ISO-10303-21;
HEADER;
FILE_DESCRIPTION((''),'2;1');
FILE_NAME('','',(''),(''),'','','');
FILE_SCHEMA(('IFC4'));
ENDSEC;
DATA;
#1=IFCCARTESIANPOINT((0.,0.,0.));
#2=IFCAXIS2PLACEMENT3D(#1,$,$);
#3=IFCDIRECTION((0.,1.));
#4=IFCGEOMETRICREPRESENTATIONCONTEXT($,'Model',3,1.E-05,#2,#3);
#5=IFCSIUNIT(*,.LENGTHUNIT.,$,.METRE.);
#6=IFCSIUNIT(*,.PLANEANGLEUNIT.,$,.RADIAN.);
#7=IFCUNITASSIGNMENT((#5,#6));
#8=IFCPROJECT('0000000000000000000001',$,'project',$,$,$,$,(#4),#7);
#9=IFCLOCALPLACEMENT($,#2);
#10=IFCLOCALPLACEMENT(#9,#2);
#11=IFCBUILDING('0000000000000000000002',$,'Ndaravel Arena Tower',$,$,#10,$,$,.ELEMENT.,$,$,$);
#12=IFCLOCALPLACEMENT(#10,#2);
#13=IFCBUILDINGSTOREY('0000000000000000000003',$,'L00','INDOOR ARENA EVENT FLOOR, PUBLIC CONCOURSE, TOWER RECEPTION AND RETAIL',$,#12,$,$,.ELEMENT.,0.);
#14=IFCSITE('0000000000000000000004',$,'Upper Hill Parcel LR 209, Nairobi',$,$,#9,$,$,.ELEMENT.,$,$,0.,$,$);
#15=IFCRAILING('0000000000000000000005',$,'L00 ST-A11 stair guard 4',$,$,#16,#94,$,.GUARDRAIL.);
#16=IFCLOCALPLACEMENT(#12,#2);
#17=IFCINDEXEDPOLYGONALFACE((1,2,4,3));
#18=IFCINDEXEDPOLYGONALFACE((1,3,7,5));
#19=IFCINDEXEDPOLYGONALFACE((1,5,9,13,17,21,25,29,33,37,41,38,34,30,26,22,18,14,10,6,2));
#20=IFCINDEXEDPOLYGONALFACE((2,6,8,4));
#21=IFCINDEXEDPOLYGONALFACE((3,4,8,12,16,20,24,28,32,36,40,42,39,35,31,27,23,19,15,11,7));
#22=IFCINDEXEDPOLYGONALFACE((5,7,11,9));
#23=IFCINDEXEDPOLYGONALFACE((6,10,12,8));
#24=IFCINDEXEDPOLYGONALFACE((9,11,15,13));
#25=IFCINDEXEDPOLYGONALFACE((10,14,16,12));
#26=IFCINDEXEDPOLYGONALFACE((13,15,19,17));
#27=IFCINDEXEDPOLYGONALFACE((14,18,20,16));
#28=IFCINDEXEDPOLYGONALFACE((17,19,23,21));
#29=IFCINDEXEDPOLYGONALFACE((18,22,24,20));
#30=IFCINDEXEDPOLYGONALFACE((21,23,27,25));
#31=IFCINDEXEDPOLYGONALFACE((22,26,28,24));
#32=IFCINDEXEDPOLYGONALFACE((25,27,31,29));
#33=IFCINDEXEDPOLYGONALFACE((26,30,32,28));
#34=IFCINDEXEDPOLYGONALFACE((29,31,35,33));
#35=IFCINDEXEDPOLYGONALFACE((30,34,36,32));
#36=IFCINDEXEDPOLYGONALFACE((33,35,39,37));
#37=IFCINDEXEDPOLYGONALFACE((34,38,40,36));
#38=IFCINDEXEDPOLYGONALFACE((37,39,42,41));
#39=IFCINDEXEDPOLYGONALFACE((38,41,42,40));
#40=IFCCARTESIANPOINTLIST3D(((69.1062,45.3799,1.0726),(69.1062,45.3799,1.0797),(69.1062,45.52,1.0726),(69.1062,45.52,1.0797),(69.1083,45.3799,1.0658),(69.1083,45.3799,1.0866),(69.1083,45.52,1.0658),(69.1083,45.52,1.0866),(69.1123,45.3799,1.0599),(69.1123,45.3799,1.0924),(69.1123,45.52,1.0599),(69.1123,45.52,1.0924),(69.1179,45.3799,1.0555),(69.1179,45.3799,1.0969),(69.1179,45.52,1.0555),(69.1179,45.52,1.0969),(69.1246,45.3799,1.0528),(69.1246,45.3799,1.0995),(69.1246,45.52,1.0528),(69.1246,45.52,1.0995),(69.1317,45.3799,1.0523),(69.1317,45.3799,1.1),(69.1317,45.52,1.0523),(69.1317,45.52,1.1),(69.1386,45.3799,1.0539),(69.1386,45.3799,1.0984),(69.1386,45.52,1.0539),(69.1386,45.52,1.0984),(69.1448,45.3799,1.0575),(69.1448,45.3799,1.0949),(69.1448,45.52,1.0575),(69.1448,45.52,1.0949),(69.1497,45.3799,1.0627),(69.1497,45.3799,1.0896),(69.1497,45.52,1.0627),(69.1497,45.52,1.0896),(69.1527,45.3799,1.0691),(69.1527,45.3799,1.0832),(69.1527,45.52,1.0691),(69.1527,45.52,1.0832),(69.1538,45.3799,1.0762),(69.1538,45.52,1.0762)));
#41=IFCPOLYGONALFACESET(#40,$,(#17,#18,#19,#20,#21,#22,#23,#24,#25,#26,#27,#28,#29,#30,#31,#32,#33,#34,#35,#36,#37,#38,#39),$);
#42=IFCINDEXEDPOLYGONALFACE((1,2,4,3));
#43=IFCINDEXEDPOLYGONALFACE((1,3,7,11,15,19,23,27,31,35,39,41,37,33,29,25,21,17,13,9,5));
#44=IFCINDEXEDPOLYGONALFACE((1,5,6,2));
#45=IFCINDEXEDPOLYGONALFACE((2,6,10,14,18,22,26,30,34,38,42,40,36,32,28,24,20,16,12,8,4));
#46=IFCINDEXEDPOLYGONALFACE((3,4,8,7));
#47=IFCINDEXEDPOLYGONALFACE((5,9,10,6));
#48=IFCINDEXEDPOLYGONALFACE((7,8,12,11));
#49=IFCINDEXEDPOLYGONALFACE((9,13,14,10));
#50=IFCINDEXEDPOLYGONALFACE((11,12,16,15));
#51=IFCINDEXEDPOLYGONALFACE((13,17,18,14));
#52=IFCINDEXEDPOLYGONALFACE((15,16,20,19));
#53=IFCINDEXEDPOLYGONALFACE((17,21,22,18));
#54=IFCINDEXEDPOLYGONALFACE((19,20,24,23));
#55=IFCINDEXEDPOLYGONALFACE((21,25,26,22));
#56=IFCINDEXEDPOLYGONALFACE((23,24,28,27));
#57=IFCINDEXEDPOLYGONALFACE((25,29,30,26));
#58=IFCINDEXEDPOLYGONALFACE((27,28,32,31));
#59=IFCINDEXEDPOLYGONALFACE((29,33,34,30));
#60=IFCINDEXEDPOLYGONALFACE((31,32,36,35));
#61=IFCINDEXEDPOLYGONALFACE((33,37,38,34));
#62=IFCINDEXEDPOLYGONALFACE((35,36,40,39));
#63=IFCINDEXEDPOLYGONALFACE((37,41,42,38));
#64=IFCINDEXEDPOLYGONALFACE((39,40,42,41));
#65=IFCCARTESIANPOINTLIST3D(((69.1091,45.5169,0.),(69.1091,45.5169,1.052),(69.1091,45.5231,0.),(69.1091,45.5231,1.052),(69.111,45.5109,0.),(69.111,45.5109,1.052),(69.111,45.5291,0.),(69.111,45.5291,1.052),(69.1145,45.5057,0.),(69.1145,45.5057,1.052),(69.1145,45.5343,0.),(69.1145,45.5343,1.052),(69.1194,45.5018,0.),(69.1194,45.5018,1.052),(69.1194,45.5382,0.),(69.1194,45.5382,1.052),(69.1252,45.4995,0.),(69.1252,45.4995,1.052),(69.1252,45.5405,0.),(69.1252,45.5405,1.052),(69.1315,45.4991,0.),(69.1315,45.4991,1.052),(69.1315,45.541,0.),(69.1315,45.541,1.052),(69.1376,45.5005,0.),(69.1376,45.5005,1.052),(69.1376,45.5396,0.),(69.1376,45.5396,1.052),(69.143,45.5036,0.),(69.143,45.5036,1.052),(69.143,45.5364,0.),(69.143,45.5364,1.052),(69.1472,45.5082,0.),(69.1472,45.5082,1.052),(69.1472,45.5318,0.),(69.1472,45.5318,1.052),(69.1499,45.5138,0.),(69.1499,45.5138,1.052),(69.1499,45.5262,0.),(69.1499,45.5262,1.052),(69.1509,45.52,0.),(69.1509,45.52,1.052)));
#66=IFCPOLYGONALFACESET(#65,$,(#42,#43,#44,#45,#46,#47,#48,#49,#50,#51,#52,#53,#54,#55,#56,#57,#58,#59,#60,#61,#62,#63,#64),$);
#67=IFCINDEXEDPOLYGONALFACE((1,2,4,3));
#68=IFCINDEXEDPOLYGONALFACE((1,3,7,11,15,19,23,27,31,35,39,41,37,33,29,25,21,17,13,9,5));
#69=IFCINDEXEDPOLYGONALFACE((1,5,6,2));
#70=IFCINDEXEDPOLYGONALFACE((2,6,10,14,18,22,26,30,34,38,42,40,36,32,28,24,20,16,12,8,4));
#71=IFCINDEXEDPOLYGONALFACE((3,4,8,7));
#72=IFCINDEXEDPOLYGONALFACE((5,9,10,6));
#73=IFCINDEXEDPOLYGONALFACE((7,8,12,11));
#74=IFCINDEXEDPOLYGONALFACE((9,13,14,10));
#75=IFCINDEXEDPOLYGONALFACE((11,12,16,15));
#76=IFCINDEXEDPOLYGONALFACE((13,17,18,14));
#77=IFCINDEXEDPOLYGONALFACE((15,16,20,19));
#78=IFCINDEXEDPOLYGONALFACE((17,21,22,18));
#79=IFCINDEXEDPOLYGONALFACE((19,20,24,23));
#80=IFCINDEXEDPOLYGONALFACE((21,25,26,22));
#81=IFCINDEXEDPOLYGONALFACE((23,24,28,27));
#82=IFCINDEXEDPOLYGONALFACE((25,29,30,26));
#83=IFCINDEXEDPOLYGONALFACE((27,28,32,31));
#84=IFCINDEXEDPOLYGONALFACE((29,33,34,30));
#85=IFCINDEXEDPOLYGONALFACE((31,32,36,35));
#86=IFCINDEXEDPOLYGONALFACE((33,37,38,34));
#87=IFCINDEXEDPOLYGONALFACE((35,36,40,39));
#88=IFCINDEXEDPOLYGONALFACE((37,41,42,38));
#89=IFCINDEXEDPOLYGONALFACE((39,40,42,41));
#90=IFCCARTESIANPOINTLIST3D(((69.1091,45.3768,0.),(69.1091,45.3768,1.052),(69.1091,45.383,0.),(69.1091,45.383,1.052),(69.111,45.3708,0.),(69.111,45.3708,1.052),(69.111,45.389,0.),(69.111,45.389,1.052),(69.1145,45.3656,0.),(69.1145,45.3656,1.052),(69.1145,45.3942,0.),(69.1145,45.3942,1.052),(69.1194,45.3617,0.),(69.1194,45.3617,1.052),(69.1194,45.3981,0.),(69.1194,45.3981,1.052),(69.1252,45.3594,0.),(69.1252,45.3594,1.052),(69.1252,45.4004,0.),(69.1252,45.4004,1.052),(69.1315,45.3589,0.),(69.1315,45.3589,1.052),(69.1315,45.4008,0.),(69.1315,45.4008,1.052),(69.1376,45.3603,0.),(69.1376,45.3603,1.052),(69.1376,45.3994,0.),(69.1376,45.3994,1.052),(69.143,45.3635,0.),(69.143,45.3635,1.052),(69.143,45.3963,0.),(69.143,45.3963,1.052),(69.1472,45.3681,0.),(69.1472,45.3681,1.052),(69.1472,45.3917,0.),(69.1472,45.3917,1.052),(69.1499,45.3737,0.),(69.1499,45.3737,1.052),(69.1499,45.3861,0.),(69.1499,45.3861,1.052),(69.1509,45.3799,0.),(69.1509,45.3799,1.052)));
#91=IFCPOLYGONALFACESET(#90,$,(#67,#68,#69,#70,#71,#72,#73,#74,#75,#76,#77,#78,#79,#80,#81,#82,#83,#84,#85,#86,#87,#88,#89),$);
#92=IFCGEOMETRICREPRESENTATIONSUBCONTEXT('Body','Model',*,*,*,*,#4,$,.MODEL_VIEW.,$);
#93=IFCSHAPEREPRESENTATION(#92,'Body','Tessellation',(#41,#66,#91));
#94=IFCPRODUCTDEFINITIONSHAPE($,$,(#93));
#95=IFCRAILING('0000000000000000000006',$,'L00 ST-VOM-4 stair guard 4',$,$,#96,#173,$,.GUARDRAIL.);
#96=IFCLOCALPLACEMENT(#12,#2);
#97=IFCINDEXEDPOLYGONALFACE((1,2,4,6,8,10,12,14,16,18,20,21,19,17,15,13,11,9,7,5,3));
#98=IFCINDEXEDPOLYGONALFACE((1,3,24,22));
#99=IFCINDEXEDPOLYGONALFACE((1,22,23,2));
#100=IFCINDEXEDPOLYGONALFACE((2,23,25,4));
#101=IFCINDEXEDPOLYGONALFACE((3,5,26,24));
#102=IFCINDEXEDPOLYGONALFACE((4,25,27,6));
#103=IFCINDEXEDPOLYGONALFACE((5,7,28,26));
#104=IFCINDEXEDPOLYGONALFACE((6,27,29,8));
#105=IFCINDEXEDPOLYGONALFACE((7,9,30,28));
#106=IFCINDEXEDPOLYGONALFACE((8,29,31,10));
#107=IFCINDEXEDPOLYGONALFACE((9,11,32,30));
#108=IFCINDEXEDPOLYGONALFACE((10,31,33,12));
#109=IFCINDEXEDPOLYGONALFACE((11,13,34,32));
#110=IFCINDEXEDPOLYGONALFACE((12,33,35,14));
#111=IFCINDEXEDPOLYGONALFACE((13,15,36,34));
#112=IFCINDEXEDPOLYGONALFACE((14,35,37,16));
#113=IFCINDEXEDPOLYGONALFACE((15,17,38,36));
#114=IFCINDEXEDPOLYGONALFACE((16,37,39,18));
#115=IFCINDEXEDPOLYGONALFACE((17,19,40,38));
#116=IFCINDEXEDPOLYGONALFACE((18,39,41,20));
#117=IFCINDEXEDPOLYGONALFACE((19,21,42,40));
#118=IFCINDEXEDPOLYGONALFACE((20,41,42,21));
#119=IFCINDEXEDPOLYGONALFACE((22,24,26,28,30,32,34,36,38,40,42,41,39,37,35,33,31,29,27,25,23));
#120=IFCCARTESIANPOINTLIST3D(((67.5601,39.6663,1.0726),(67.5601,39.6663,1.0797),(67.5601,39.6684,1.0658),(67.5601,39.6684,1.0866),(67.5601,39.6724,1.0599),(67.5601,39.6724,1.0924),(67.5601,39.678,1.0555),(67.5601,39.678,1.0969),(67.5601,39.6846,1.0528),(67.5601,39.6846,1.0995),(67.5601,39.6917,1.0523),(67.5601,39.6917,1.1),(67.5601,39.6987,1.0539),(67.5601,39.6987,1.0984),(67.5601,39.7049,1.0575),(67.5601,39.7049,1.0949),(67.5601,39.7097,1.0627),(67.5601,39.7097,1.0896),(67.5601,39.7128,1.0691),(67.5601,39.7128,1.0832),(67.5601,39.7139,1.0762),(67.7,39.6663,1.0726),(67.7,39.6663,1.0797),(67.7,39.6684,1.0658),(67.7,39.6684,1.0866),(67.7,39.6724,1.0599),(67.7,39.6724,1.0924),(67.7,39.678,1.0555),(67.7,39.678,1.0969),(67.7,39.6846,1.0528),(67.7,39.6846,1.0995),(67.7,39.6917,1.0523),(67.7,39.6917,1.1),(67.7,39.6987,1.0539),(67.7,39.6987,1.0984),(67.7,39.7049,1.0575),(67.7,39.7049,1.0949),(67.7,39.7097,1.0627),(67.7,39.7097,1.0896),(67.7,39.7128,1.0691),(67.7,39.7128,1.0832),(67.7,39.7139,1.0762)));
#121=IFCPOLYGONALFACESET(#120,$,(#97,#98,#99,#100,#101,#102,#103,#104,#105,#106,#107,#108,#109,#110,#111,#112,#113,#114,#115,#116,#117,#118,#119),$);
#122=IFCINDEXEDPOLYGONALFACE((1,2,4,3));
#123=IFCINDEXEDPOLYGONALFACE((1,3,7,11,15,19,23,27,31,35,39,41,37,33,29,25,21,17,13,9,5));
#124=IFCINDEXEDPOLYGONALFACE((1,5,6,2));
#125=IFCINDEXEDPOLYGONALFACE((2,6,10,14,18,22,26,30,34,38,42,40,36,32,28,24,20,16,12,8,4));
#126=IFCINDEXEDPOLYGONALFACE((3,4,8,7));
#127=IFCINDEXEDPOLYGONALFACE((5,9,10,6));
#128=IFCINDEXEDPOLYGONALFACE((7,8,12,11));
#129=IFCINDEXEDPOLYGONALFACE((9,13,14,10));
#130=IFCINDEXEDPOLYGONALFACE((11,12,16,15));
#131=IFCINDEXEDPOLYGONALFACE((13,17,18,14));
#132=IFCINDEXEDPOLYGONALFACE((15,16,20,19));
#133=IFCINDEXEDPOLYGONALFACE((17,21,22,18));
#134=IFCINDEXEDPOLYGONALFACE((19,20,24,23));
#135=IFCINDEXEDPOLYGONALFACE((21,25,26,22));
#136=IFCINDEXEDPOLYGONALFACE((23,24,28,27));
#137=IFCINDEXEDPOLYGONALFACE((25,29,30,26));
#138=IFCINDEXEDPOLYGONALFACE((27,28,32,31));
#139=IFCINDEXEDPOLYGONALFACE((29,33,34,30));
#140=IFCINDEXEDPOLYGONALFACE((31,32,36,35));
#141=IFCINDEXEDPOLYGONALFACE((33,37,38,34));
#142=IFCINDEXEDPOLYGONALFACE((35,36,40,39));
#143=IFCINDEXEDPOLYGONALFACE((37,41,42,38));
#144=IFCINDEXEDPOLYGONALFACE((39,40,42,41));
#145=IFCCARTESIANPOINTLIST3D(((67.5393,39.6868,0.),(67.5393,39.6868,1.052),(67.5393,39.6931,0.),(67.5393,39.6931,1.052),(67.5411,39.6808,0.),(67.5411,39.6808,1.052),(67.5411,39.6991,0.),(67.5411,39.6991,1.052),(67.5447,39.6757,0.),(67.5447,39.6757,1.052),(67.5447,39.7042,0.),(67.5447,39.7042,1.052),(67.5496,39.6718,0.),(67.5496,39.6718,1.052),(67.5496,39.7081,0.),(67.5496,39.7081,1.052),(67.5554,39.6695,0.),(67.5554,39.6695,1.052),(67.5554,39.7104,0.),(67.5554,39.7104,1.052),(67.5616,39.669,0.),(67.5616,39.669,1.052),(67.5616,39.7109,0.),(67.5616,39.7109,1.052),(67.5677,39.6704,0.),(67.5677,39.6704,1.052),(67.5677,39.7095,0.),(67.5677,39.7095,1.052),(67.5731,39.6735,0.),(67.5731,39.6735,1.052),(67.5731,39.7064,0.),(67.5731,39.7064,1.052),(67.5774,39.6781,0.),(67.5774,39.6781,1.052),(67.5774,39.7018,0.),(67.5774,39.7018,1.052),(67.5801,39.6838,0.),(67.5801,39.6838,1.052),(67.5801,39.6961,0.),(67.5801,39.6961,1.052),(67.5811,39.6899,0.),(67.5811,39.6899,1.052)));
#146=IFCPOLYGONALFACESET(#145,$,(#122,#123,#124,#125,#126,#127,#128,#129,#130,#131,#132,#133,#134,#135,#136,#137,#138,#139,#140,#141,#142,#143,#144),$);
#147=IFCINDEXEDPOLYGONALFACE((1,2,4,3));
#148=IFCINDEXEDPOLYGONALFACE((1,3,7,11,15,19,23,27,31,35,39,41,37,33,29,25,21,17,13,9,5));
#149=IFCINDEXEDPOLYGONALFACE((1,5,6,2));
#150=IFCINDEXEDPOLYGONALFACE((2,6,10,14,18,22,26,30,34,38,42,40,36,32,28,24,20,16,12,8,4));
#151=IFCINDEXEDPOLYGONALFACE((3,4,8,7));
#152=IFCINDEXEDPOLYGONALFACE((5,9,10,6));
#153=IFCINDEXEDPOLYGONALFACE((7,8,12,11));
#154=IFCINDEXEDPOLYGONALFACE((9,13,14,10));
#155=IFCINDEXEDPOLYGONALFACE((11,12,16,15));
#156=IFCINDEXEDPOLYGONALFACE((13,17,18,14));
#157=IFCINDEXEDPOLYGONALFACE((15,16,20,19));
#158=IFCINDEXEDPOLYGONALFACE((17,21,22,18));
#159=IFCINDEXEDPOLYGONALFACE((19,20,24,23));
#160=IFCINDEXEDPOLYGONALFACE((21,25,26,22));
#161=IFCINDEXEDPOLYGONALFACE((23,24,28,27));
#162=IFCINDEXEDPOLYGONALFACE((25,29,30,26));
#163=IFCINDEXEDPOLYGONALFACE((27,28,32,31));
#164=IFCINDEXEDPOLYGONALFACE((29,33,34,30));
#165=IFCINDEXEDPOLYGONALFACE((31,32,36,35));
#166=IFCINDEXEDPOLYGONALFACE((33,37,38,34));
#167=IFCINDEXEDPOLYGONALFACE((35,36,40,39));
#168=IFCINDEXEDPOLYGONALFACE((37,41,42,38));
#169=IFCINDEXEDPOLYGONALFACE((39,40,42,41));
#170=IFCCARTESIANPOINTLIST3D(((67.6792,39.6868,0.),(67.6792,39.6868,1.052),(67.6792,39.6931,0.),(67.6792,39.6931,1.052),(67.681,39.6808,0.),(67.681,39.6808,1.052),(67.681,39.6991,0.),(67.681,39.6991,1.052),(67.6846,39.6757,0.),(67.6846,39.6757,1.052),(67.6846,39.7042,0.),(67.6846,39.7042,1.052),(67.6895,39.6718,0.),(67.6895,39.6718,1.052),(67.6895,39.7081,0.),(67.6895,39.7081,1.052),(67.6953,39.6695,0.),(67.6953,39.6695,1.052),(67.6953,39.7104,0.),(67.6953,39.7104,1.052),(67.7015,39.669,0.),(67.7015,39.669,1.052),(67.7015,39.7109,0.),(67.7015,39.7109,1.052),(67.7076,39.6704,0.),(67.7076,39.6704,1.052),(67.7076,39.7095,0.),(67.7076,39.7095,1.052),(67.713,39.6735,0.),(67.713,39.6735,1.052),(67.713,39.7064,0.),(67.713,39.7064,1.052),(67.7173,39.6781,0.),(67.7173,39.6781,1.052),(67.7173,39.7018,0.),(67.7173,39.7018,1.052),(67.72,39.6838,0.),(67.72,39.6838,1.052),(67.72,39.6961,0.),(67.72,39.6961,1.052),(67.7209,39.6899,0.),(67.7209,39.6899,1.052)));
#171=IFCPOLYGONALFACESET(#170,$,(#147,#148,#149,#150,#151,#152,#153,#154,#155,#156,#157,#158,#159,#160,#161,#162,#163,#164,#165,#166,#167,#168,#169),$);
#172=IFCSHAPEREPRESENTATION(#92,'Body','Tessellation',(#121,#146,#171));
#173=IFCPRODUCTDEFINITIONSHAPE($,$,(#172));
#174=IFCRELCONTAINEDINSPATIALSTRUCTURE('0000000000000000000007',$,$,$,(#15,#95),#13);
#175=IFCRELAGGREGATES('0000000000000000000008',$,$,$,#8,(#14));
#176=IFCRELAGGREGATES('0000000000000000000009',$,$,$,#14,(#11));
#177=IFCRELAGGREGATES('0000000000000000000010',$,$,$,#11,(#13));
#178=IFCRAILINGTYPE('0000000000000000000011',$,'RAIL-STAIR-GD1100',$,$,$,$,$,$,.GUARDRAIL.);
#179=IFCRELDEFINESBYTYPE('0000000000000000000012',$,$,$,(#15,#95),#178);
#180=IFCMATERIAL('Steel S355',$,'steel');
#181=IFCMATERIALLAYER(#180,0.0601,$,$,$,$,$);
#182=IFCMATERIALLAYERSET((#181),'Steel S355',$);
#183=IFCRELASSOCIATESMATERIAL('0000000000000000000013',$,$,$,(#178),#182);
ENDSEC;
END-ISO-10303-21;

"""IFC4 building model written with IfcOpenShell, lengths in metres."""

from ifc_helpers import new_model, si_unit, direction, frame, origin, origin_2d, place, context, subcontext, project, spatial, circle, extrude, material, layer, layer_set, type_object, element, save


model = new_model("IFC4")

# Units and contexts
model_context = context("Model", 3, precision=1e-05, world=origin(), true_north=direction((0.0, 1.0)))
body_context = subcontext(model_context, "Body", "Model", "MODEL_VIEW")
ifc_project = project(units=[si_unit("LENGTHUNIT", "METRE"), si_unit("PLANEANGLEUNIT", "RADIAN")], contexts=[model_context])

# Site, building, storey
site_placement = place(None, origin())
site = spatial("IfcSite", under=ifc_project, at=site_placement, Name="Upper Hill Parcel LR 209, Nairobi", CompositionType="ELEMENT", RefElevation=0.0)
building_placement = place(site_placement, origin())
building = spatial("IfcBuilding", under=site, at=building_placement, Name="Ndaravel Arena Tower", CompositionType="ELEMENT")
storey_placement = place(building_placement, origin())
storey = spatial("IfcBuildingStorey", under=building, at=storey_placement, Name="L00", Description="INDOOR ARENA EVENT FLOOR, PUBLIC CONCOURSE, TOWER RECEPTION AND RETAIL", CompositionType="ELEMENT", Elevation=0.0)

# Railings
ifc_material_1 = material(Name="Steel S355", Category="steel")
ifc_layer_1 = layer(ifc_material_1, 0.0601)
ifc_layer_set_1 = layer_set([ifc_layer_1], Name="Steel S355")
railing_type_1 = type_object("IfcRailingType", Name="RAIL-STAIR-GD1100", PredefinedType="GUARDRAIL", material=ifc_layer_set_1)
railing_1_placement = place(storey_placement, frame((69.1299, 45.52, 0.0)))
element("IfcRailing", 1, at=railing_1_placement, inside=storey, type_object=railing_type_1, Name="L00 ST-A11 stair guard 4", PredefinedType="GUARDRAIL", context=body_context, shape_type="SweptSolid", body=[
    extrude(circle(Radius=0.0239, at=origin_2d()), frame((0.0, 0.0, 1.0762), z_axis=(0.0, -1.0, 0.0), x_axis=(1.0, 0.0, 0.0)), (0.0, 0.0, 1.0), 0.1401),
    extrude(circle(Radius=0.021, at=origin_2d()), origin(), (0.0, 0.0, 1.0), 1.052),
    extrude(circle(Radius=0.021, at=origin_2d()), frame((0.0, -0.1401, 0.0)), (0.0, 0.0, 1.0), 1.052),
])
railing_2_placement = place(storey_placement, frame((67.5601, 39.6899, 0.0)))
element("IfcRailing", 2, at=railing_2_placement, inside=storey, type_object=railing_type_1, Name="L00 ST-VOM-4 stair guard 4", PredefinedType="GUARDRAIL", context=body_context, shape_type="SweptSolid", body=[
    extrude(circle(Radius=0.0239, at=origin_2d()), frame((0.0, 0.0, 1.0762), z_axis=(1.0, 0.0, 0.0), x_axis=(0.0, 1.0, 0.0)), (0.0, 0.0, 1.0), 0.1399),
    extrude(circle(Radius=0.021, at=origin_2d()), origin(), (0.0, 0.0, 1.0), 1.052),
    extrude(circle(Radius=0.021, at=origin_2d()), frame((0.1399, 0.0, 0.0)), (0.0, 0.0, 1.0), 1.052),
])

save(model, "model.ifc")
